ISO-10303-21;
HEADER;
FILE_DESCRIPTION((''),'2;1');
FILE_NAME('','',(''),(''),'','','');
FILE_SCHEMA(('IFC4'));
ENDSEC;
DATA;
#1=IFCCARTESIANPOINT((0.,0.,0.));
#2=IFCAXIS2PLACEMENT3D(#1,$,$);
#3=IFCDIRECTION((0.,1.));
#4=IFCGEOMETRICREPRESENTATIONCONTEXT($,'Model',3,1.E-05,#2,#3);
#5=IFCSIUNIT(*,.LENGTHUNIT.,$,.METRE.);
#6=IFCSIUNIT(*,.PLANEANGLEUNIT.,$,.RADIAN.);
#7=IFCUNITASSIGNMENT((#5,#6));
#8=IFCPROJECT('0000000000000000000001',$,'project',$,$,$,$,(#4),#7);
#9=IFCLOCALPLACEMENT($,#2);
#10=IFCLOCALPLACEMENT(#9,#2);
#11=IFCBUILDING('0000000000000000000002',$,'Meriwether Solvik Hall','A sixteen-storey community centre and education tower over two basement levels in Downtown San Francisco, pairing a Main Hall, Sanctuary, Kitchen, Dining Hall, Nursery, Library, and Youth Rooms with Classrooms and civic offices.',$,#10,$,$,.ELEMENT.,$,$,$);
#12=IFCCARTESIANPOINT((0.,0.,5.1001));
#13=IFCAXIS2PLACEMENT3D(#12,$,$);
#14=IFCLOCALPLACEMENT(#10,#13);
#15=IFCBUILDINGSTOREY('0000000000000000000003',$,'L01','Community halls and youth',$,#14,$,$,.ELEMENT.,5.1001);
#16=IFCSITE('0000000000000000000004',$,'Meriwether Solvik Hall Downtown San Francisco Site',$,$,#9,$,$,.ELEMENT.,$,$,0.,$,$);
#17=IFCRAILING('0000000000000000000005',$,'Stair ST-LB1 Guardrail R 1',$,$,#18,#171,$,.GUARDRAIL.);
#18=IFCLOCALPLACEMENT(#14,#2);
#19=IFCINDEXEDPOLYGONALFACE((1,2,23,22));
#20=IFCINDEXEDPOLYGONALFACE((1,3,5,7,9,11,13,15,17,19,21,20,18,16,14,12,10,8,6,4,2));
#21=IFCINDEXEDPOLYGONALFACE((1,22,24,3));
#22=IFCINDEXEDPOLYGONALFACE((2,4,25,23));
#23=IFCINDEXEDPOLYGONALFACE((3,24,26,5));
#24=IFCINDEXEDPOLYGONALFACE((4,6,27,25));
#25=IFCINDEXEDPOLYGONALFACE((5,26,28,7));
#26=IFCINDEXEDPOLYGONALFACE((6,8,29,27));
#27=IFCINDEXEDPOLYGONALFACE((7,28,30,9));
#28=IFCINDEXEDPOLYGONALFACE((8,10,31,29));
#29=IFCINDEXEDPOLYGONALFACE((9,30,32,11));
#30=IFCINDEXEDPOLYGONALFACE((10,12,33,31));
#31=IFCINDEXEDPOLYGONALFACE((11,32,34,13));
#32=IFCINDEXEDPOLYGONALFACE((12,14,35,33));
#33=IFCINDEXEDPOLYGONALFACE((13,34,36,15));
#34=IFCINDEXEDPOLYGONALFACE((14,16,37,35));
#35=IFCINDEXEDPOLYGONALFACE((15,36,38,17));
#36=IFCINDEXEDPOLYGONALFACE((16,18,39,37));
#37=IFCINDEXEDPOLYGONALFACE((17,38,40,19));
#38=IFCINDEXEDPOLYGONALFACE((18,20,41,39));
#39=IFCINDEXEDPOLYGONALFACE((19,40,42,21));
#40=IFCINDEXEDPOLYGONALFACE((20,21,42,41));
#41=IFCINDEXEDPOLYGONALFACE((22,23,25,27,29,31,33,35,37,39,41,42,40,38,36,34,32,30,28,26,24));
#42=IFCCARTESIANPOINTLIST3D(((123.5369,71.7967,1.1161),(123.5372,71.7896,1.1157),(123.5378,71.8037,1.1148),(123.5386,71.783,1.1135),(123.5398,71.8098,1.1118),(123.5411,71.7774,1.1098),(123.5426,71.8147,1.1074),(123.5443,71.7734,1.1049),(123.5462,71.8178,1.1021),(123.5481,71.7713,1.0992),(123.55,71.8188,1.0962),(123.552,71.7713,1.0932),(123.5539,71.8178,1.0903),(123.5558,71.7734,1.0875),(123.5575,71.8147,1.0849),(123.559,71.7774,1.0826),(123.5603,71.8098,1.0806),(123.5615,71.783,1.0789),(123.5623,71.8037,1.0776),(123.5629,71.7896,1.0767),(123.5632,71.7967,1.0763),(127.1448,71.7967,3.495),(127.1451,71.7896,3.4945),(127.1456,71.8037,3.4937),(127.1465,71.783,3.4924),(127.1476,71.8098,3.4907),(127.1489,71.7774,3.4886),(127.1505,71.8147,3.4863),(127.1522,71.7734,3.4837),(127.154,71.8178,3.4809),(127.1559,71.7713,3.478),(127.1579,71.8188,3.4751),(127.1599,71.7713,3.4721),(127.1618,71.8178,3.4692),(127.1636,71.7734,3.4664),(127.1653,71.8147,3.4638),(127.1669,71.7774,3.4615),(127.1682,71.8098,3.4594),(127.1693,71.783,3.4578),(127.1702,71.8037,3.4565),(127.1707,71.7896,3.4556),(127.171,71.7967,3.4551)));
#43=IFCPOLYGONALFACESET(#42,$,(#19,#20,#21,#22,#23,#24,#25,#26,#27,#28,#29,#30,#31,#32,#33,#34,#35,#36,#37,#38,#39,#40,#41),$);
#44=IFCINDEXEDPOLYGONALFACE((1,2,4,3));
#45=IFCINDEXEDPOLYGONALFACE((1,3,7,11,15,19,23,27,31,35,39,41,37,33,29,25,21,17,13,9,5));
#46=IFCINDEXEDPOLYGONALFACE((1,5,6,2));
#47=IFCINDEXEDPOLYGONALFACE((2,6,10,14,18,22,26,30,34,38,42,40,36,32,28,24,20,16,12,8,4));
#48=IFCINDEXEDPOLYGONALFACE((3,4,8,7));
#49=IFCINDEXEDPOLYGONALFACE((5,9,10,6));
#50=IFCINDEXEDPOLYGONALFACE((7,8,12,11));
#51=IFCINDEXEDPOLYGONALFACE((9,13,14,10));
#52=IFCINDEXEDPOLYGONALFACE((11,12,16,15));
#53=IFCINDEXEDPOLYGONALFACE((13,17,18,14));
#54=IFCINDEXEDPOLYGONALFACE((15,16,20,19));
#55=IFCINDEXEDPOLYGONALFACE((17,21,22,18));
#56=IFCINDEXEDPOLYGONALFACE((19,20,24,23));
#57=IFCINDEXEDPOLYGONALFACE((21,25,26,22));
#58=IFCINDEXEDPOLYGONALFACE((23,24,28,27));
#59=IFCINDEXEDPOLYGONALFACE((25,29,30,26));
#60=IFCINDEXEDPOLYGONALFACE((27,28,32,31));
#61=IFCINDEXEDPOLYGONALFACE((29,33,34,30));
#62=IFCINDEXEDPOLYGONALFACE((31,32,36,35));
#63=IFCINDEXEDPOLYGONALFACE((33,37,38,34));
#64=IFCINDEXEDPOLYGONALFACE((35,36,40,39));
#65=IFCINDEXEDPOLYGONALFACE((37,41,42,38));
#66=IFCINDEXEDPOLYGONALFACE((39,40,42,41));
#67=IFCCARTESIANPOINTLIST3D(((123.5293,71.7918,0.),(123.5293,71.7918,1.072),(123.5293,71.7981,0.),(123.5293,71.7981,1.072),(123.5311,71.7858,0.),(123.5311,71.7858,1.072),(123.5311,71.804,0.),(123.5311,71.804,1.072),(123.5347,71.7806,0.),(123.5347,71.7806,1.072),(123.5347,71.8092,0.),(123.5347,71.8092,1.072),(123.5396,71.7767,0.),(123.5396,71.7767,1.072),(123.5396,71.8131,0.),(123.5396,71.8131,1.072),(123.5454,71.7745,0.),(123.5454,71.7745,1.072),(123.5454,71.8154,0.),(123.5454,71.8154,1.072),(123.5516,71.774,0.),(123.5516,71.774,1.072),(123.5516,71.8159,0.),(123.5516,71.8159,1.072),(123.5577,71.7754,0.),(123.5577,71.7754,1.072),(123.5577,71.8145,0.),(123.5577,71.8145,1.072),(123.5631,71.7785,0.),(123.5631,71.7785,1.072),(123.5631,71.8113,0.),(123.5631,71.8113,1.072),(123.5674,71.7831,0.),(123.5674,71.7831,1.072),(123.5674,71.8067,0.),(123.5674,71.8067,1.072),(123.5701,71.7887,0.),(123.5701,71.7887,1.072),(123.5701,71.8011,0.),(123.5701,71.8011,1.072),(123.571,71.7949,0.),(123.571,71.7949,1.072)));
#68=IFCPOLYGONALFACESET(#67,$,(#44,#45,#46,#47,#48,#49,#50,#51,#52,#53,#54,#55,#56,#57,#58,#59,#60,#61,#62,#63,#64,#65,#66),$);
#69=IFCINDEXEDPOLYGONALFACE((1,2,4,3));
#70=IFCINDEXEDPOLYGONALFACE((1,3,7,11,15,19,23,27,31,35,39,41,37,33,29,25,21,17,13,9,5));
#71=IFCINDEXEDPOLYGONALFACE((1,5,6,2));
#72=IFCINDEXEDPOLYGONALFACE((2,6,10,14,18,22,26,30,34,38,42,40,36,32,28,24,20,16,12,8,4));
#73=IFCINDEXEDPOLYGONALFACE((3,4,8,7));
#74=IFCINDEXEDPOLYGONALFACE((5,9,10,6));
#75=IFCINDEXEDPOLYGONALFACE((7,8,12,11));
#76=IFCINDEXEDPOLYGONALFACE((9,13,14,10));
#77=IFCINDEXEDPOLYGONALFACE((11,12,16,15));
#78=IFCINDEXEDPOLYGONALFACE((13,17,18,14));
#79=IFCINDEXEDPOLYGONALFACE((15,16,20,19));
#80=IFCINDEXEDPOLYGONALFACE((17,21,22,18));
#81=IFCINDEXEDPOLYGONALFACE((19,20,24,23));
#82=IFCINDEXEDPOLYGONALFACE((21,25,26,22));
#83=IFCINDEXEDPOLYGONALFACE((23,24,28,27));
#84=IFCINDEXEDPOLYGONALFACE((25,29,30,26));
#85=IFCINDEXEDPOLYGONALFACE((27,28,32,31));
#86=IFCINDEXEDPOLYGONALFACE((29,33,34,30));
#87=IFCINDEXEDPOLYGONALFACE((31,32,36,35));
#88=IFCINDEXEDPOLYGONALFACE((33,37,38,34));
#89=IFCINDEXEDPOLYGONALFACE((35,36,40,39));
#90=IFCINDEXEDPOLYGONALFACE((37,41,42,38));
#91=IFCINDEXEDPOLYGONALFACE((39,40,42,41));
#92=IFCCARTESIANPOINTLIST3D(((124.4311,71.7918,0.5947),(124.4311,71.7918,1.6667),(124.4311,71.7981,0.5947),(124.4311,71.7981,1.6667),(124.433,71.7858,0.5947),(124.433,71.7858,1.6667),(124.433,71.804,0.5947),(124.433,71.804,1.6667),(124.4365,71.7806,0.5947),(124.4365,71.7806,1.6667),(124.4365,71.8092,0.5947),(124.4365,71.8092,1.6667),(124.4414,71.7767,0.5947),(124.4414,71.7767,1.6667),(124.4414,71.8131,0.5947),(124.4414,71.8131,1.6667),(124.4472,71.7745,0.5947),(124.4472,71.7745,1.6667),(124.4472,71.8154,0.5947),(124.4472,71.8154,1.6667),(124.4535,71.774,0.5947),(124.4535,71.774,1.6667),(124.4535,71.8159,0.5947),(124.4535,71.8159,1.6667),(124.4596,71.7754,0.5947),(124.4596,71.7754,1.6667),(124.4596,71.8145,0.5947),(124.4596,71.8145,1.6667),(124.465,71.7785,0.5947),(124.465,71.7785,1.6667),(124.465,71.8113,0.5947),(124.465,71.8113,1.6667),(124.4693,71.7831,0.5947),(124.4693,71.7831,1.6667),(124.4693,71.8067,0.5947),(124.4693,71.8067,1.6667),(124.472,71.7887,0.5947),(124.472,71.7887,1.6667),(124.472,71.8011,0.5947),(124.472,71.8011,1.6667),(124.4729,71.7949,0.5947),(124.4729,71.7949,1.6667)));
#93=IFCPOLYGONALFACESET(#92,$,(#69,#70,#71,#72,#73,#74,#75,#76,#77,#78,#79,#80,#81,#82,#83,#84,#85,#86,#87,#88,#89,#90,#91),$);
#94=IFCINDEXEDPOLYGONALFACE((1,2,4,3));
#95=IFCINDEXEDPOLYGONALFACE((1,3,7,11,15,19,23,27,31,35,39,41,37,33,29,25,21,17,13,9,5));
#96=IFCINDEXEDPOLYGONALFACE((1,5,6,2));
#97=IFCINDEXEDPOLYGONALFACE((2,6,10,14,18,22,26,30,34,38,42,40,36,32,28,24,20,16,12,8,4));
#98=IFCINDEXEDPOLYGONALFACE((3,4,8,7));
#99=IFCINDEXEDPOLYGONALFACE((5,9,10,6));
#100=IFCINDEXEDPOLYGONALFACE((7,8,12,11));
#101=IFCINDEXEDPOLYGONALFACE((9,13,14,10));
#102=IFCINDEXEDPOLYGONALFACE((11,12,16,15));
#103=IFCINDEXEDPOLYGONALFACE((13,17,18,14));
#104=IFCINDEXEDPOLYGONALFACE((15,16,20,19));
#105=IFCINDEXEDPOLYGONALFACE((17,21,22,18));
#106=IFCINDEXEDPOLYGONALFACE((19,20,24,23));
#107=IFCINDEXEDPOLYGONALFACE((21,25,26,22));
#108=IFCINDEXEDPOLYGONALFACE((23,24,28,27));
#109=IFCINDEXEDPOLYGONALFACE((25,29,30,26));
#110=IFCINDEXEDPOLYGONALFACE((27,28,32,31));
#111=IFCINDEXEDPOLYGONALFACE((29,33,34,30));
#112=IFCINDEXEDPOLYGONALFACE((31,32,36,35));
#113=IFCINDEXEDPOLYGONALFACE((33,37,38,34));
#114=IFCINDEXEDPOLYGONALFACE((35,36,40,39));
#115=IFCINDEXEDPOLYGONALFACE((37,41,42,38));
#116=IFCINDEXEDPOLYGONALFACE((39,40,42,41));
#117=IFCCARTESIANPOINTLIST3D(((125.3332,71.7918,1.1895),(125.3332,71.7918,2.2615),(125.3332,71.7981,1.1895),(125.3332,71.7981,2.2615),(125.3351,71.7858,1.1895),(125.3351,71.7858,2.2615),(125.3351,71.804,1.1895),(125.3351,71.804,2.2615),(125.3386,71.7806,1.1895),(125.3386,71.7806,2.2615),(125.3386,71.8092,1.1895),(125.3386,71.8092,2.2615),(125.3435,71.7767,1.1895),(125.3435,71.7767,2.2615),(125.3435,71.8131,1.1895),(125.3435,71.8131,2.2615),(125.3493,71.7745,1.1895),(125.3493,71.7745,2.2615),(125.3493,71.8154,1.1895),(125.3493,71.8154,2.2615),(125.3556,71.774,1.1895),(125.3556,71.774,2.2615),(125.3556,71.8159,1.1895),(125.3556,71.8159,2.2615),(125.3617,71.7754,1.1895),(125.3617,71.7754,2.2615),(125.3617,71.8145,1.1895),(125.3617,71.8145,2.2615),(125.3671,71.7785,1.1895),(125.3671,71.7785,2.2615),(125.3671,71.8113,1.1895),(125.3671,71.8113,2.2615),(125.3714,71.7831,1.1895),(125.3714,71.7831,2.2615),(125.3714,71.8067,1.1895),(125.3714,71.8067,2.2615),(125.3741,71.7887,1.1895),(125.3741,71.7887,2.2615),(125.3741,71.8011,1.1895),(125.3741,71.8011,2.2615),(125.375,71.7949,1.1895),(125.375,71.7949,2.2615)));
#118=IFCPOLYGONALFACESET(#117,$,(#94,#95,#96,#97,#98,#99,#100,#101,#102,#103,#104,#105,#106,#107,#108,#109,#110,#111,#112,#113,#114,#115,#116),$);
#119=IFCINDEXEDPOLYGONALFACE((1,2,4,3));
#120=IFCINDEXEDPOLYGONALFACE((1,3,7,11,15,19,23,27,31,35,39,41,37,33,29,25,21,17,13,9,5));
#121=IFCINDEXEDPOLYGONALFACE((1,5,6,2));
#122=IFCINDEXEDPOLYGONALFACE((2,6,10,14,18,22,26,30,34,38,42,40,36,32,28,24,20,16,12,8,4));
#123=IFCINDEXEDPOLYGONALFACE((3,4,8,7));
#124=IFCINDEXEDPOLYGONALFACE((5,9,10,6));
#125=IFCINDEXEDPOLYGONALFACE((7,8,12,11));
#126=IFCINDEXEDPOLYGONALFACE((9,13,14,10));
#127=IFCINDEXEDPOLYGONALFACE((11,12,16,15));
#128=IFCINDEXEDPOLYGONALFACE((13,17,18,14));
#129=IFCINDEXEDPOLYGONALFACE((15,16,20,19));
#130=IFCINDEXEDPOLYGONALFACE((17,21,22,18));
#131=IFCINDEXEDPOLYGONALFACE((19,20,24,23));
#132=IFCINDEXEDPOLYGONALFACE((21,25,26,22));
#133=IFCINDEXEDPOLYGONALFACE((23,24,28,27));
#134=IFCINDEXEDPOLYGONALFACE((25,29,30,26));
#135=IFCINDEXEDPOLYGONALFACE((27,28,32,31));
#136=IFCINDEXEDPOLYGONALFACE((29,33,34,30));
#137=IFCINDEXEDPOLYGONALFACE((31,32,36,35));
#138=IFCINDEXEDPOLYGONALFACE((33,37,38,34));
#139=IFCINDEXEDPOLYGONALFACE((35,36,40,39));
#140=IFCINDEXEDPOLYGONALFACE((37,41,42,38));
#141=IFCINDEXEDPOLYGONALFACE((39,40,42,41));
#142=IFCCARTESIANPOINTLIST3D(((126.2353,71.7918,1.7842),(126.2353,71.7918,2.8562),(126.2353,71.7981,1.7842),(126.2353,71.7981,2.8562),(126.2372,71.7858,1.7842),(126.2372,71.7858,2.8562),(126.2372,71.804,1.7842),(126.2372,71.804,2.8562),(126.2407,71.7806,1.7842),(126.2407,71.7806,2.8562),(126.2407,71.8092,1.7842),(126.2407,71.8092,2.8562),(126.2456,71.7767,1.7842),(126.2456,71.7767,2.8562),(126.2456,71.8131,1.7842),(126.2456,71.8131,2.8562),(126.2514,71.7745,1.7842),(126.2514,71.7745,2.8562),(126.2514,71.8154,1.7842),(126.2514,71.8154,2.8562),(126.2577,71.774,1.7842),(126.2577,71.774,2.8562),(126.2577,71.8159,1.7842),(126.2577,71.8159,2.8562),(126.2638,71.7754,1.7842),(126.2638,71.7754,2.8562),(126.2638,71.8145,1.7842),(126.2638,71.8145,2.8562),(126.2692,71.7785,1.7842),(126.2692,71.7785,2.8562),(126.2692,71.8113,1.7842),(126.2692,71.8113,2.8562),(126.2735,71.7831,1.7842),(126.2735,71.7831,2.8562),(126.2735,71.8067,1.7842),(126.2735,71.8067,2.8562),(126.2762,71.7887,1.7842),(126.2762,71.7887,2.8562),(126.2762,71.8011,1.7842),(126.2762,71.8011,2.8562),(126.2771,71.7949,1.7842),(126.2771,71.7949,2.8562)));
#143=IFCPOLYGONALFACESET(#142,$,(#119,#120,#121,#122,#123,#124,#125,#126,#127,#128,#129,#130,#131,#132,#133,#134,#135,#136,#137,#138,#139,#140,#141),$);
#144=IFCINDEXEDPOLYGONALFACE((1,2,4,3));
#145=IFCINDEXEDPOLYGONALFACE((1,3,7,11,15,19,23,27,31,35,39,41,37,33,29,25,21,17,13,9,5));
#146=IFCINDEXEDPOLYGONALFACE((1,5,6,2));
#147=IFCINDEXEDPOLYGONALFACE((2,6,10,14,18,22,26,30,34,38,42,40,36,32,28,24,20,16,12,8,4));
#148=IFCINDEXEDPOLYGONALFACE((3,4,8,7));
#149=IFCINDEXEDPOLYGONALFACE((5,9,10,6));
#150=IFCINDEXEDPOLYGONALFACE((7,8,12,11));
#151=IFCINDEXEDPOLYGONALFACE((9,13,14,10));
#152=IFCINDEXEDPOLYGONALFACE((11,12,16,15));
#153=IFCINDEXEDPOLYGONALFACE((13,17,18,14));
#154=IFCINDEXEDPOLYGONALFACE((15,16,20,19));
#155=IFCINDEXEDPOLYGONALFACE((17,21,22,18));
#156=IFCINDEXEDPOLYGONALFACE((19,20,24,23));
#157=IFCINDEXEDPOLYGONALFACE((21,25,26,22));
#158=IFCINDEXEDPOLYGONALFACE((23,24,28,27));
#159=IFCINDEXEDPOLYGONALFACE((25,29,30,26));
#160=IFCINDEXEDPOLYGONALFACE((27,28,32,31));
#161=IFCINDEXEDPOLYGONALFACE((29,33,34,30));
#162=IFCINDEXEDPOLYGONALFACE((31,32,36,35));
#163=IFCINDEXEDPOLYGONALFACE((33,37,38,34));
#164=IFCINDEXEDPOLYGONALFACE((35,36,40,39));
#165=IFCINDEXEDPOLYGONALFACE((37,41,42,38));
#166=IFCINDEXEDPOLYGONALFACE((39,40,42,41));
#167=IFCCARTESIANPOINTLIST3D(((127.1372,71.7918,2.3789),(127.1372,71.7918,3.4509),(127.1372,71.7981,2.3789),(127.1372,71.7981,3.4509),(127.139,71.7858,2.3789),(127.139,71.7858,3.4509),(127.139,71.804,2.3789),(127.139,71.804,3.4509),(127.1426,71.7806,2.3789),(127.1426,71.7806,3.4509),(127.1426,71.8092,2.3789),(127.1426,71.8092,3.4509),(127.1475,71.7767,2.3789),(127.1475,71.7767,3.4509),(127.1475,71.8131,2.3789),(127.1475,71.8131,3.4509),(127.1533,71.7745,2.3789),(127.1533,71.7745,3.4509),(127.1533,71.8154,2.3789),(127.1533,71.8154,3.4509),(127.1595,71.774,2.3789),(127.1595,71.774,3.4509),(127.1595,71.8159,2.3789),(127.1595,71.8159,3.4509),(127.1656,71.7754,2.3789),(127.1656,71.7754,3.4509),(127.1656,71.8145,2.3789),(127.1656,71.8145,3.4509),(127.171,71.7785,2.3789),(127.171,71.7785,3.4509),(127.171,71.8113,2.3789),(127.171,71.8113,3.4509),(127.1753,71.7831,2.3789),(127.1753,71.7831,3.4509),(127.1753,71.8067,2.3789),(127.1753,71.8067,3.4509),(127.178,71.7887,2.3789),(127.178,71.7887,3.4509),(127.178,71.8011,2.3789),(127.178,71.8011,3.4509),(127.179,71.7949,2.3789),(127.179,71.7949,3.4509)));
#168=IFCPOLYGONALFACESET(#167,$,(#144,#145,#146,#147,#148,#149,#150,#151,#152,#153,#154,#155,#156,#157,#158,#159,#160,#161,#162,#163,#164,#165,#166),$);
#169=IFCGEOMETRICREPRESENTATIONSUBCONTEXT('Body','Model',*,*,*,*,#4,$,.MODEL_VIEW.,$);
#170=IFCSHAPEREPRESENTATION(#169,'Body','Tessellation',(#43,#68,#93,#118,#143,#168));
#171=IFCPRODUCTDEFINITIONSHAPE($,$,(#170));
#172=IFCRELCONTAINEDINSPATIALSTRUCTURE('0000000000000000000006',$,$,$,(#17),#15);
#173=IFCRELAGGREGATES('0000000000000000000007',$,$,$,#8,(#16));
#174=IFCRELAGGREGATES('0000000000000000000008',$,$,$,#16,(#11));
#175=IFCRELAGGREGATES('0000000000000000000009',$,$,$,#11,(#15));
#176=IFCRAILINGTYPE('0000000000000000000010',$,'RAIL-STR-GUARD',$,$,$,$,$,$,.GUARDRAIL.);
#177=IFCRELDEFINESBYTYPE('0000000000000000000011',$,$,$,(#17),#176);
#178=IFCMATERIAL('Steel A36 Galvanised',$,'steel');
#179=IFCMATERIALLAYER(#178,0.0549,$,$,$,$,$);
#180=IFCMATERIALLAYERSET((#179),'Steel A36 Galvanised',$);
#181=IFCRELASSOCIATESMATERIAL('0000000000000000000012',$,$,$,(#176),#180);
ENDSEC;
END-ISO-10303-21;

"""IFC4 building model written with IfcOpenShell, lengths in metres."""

from ifc_helpers import new_model, si_unit, direction, frame, origin, origin_2d, place, context, subcontext, project, spatial, circle, extrude, material, layer, layer_set, type_object, element, save


model = new_model("IFC4")

# Units and contexts
model_context = context("Model", 3, precision=1e-05, world=origin(), true_north=direction((0.0, 1.0)))
body_context = subcontext(model_context, "Body", "Model", "MODEL_VIEW")
ifc_project = project(units=[si_unit("LENGTHUNIT", "METRE"), si_unit("PLANEANGLEUNIT", "RADIAN")], contexts=[model_context])

# Site, building, storey
site_placement = place(None, origin())
site = spatial("IfcSite", under=ifc_project, at=site_placement, Name="Meriwether Solvik Hall Downtown San Francisco Site", CompositionType="ELEMENT", RefElevation=0.0)
building_placement = place(site_placement, origin())
building = spatial("IfcBuilding", under=site, at=building_placement, Name="Meriwether Solvik Hall", Description="A sixteen-storey community centre and education tower over two basement levels in Downtown San Francisco, pairing a Main Hall, Sanctuary, Kitchen, Dining Hall, Nursery, Library, and Youth Rooms with Classrooms and civic offices.", CompositionType="ELEMENT")
storey_placement = place(building_placement, frame((0.0, 0.0, 5.1001)))
storey = spatial("IfcBuildingStorey", under=building, at=storey_placement, Name="L01", Description="Community halls and youth", CompositionType="ELEMENT", Elevation=5.1001)

# Railing
ifc_material_1 = material(Name="Steel A36 Galvanised", Category="steel")
ifc_layer_1 = layer(ifc_material_1, 0.0549)
ifc_layer_set_1 = layer_set([ifc_layer_1], Name="Steel A36 Galvanised")
railing_type_1 = type_object("IfcRailingType", Name="RAIL-STR-GUARD", PredefinedType="GUARDRAIL", material=ifc_layer_set_1)
railing_1_placement = place(storey_placement, frame((123.55, 71.7949, 0.0)))
element("IfcRailing", 1, at=railing_1_placement, inside=storey, type_object=railing_type_1, Name="Stair ST-LB1 Guardrail R 1", PredefinedType="GUARDRAIL", context=body_context, shape_type="SweptSolid", body=[
    extrude(circle(Radius=0.0239, at=origin_2d()), frame((0.0, 0.0, 1.0962), z_axis=(0.834856, 0.0, 0.550469), x_axis=(0.0, 1.0, 0.0)), (0.0, 0.0, 1.0), 4.3215),
    extrude(circle(Radius=0.021, at=origin_2d()), origin(), (0.0, 0.0, 1.0), 1.072),
    extrude(circle(Radius=0.021, at=origin_2d()), frame((0.9019, 0.0, 0.5947)), (0.0, 0.0, 1.0), 1.072),
    extrude(circle(Radius=0.021, at=origin_2d()), frame((1.804, 0.0, 1.1895)), (0.0, 0.0, 1.0), 1.072),
    extrude(circle(Radius=0.021, at=origin_2d()), frame((2.7061, 0.0, 1.7842)), (0.0, 0.0, 1.0), 1.072),
    extrude(circle(Radius=0.021, at=origin_2d()), frame((3.6079, 0.0, 2.3789)), (0.0, 0.0, 1.0), 1.072),
])

save(model, "model.ifc")
